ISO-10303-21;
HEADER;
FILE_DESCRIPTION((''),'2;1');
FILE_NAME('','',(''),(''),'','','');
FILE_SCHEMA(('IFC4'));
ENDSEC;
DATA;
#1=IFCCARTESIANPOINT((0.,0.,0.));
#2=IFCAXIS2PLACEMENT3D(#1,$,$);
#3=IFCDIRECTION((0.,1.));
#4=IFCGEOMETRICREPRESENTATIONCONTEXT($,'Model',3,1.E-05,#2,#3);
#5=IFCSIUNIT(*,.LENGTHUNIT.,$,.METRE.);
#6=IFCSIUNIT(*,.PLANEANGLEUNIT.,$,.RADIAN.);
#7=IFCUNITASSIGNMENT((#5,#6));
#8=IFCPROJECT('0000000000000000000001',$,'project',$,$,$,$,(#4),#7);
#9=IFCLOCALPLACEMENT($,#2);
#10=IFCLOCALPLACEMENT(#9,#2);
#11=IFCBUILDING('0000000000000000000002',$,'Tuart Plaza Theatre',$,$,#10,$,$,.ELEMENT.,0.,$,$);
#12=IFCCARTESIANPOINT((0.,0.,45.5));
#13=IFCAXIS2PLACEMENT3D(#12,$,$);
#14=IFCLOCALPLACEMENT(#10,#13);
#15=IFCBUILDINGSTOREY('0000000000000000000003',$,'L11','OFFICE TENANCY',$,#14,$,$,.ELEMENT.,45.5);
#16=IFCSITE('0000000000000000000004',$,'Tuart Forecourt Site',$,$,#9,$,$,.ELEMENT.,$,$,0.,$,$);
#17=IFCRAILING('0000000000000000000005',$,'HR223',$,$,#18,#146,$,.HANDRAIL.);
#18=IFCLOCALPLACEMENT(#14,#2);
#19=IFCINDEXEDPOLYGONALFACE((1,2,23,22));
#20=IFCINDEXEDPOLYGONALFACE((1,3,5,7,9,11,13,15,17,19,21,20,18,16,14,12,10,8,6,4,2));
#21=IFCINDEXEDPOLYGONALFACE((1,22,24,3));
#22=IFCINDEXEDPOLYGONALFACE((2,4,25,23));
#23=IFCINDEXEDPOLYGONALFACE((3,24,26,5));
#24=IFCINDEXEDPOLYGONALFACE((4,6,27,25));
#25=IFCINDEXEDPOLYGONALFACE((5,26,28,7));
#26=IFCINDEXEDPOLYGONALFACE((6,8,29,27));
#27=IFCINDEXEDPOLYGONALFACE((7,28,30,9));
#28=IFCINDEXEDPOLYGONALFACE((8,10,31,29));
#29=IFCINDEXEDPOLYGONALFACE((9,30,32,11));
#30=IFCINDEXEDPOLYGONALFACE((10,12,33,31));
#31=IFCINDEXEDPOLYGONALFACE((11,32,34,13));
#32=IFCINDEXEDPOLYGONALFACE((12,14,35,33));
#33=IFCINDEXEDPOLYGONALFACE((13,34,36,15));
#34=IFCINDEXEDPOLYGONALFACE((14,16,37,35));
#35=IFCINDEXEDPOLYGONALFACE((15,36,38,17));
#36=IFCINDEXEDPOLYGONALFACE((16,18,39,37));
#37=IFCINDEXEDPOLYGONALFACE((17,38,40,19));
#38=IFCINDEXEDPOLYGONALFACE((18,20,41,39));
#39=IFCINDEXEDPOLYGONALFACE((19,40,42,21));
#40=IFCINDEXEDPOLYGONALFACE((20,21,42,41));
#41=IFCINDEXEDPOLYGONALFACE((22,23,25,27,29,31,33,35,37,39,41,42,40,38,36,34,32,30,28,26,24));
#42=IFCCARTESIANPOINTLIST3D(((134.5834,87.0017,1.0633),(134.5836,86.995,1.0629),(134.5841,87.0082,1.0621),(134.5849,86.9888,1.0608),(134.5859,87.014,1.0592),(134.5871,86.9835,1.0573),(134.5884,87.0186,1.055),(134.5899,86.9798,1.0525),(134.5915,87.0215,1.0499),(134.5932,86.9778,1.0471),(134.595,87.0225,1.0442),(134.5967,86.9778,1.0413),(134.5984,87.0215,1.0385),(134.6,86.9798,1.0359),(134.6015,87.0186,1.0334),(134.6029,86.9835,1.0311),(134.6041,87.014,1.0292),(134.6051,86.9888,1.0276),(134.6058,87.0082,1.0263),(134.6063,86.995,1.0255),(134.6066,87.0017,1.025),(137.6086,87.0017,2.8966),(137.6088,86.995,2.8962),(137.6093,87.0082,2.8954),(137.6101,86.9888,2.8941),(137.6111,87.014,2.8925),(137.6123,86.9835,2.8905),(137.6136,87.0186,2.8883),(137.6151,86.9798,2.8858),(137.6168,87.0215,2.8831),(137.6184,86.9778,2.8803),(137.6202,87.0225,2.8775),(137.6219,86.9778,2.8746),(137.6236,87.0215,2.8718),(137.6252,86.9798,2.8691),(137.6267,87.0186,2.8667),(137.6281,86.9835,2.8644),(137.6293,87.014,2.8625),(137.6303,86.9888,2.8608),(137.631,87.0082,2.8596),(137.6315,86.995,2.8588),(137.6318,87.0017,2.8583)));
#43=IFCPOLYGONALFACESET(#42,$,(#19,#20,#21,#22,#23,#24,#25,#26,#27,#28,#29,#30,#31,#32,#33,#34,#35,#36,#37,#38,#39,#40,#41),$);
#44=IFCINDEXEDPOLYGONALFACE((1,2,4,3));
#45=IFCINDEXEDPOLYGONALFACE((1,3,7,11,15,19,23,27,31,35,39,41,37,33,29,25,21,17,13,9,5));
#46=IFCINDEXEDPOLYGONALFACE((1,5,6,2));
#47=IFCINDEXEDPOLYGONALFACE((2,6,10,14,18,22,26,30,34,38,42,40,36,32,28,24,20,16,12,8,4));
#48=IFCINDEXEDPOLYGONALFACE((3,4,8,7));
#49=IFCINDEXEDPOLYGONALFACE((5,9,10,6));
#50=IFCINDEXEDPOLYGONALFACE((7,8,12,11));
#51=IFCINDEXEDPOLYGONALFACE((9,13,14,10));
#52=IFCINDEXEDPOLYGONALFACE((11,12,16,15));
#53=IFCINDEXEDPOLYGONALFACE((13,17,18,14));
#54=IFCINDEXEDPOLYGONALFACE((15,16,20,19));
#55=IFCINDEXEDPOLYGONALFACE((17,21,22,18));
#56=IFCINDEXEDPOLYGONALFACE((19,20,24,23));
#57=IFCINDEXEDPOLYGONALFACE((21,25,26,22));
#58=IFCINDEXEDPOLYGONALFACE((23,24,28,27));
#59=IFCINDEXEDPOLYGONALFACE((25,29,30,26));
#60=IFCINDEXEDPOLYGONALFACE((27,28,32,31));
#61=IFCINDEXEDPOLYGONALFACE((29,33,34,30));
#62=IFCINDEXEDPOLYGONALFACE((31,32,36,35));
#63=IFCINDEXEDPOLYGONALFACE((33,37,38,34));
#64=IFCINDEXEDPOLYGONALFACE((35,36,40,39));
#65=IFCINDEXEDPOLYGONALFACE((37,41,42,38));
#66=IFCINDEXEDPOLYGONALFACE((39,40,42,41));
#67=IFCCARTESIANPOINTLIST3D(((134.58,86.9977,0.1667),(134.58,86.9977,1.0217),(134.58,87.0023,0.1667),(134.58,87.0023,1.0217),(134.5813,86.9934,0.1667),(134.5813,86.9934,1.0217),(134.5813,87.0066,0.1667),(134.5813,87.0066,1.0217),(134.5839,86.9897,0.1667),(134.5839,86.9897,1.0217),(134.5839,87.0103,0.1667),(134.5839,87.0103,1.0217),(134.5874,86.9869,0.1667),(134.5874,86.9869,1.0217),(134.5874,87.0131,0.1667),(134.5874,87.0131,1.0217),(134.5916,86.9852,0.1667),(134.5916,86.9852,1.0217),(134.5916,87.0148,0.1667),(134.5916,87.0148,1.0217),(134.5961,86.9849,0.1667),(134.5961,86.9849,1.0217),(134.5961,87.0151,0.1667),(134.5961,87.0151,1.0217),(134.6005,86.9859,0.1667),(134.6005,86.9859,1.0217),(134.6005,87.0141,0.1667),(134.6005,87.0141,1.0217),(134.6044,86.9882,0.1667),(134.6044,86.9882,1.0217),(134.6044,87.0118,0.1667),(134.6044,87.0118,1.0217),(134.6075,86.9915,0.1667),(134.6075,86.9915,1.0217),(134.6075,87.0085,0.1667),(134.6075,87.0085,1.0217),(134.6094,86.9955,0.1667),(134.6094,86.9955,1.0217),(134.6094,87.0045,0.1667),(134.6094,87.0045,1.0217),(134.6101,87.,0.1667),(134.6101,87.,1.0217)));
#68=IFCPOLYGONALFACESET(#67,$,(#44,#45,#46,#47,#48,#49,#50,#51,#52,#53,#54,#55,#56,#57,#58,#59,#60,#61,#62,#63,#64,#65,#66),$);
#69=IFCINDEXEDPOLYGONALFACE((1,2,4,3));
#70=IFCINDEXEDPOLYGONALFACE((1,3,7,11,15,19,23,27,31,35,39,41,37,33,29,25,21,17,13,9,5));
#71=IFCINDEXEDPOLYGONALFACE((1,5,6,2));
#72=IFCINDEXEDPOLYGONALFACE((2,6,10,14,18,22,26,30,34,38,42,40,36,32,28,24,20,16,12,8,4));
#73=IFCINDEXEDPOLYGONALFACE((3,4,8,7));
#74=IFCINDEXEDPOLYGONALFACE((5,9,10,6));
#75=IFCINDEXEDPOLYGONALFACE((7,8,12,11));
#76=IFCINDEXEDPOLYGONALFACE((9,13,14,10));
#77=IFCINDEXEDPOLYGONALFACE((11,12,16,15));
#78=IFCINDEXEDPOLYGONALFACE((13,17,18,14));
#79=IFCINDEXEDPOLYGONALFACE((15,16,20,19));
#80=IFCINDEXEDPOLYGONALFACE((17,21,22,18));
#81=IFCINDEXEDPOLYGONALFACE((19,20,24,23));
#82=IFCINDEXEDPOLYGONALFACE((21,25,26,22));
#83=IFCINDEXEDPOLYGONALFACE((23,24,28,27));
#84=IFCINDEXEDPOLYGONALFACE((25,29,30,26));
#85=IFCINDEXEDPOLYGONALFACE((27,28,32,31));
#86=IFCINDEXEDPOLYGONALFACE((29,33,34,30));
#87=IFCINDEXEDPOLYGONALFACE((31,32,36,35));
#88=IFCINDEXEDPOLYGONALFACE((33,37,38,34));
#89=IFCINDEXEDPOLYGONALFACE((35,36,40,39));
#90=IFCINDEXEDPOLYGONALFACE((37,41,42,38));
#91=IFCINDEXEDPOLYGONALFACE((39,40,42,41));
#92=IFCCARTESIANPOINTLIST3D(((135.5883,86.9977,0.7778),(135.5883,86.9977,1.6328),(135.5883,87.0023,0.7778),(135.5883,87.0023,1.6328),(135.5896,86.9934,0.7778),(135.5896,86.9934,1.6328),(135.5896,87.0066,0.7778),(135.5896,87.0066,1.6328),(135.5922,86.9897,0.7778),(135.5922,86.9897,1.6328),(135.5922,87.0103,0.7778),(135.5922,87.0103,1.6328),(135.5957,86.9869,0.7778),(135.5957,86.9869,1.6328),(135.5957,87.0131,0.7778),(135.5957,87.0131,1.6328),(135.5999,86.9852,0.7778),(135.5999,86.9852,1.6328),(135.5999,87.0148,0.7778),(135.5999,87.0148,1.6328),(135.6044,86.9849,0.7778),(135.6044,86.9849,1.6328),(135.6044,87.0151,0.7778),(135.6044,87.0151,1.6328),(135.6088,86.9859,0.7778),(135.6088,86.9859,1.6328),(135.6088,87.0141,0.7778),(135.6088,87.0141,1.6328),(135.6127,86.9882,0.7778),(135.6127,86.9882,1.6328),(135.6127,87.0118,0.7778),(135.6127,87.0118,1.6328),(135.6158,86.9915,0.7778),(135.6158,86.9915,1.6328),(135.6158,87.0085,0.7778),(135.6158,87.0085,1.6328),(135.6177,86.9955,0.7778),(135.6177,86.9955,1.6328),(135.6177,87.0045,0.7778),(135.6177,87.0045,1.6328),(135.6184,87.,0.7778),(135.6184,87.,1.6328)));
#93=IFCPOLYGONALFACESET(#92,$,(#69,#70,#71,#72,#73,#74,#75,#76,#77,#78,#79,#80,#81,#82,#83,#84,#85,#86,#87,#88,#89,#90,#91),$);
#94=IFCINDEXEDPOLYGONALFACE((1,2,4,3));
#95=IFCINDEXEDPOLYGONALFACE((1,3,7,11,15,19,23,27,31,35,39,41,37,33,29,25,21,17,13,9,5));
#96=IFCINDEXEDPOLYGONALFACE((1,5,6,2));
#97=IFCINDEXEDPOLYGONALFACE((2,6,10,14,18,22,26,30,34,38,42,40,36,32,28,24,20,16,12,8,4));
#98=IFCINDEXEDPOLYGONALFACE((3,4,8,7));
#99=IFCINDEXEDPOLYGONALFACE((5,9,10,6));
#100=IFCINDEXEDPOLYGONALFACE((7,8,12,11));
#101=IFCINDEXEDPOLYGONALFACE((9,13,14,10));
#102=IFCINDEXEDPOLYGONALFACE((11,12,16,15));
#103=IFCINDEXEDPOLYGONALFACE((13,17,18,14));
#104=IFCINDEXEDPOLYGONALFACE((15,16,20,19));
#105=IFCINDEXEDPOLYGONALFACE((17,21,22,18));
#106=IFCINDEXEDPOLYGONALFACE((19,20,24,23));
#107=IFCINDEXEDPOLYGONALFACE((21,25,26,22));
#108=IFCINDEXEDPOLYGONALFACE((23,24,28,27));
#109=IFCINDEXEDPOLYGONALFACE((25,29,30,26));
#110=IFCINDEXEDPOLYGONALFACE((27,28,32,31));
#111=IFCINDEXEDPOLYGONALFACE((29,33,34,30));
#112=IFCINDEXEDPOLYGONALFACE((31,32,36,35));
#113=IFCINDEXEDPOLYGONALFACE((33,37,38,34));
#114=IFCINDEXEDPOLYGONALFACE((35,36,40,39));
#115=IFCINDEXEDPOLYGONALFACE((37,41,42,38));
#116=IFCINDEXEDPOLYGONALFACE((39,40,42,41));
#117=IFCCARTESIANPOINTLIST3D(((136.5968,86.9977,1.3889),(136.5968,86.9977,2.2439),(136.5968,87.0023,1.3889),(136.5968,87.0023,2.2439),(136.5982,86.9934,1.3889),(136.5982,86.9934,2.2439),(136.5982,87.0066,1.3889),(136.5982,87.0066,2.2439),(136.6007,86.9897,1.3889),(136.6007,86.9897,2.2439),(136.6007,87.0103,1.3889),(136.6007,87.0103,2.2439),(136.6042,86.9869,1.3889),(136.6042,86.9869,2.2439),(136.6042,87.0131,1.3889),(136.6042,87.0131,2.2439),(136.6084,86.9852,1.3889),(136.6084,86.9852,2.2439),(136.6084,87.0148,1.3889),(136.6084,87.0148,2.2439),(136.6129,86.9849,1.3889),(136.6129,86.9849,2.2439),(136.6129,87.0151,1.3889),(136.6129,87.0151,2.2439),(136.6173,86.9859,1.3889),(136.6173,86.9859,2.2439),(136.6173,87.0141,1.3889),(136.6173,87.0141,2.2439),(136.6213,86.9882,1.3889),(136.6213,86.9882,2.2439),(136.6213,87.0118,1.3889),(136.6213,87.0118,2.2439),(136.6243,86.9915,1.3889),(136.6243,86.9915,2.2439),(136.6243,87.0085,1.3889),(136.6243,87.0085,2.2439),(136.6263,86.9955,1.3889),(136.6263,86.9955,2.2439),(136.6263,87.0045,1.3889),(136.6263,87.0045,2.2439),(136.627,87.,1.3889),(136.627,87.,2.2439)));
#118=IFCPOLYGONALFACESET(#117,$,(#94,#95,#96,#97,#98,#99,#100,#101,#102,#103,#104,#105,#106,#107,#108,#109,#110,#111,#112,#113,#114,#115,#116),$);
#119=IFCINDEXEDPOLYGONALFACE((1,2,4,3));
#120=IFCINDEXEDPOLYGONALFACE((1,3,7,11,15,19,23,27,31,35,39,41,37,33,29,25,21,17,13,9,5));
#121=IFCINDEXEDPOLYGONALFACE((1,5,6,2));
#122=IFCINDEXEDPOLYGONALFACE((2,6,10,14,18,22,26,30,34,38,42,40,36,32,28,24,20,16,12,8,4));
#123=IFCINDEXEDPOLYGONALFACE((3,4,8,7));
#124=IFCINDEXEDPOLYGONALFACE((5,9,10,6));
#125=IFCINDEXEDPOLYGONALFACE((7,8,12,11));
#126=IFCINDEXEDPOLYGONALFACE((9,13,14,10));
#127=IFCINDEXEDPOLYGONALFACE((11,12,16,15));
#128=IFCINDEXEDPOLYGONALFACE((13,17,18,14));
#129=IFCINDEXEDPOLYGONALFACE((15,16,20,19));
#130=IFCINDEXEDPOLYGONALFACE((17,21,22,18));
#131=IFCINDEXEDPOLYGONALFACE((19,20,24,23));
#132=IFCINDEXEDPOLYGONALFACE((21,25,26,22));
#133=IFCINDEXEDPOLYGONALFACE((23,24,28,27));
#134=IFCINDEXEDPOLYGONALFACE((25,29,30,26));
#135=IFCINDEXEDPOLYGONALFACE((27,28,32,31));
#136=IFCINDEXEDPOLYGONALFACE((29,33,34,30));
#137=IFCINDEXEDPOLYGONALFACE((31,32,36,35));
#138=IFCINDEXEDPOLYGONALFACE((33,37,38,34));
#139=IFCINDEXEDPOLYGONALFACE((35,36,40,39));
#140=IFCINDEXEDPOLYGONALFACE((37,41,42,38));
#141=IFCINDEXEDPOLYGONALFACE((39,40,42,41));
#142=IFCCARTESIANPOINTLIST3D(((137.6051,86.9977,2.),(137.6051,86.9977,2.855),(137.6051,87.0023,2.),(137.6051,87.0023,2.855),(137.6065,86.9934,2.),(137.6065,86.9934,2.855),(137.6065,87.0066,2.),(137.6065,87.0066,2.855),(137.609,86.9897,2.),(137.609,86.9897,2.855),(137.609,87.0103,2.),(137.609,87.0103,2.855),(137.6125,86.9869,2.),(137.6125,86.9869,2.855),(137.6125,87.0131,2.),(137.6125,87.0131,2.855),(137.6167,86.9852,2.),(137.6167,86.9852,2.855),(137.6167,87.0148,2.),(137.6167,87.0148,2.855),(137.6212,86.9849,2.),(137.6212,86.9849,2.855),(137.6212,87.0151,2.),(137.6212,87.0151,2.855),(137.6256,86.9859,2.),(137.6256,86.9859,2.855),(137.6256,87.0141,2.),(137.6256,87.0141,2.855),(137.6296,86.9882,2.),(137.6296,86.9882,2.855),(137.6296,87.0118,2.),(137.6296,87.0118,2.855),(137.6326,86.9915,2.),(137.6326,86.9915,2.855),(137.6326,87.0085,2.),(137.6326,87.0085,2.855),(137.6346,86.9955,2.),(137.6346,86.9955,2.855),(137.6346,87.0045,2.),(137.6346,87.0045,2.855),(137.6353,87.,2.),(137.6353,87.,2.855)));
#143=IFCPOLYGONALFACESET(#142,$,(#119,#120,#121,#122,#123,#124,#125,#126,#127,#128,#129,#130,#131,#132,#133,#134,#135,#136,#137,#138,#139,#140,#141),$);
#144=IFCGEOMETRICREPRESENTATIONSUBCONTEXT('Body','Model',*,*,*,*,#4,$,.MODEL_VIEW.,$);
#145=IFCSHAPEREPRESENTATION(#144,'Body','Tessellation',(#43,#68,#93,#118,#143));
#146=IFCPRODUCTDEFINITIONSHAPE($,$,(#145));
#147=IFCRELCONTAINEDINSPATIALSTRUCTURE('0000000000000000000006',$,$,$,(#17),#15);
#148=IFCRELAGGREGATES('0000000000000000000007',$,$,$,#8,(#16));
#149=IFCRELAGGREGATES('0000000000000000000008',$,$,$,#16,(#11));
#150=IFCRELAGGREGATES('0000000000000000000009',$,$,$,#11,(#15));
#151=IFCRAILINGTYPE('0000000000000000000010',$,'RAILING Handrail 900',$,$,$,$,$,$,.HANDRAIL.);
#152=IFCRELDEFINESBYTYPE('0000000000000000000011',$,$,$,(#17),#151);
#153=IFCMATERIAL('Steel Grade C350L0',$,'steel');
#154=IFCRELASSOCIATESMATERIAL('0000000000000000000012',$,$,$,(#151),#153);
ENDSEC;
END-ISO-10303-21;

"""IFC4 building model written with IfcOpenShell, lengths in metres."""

from ifc_helpers import new_model, si_unit, direction, frame, origin, origin_2d, place, context, subcontext, project, spatial, circle, extrude, material, type_object, element, save


model = new_model("IFC4")

# Units and contexts
model_context = context("Model", 3, precision=1e-05, world=origin(), true_north=direction((0.0, 1.0)))
body_context = subcontext(model_context, "Body", "Model", "MODEL_VIEW")
ifc_project = project(units=[si_unit("LENGTHUNIT", "METRE"), si_unit("PLANEANGLEUNIT", "RADIAN")], contexts=[model_context])

# Site, building, storey
site_placement = place(None, origin())
site = spatial("IfcSite", under=ifc_project, at=site_placement, Name="Tuart Forecourt Site", CompositionType="ELEMENT", RefElevation=0.0)
building_placement = place(site_placement, origin())
building = spatial("IfcBuilding", under=site, at=building_placement, Name="Tuart Plaza Theatre", CompositionType="ELEMENT", ElevationOfRefHeight=0.0)
storey_placement = place(building_placement, frame((0.0, 0.0, 45.5)))
storey = spatial("IfcBuildingStorey", under=building, at=storey_placement, Name="L11", Description="OFFICE TENANCY", CompositionType="ELEMENT", Elevation=45.5)

# Railing
ifc_material_1 = material(Name="Steel Grade C350L0", Category="steel")
railing_type_1 = type_object("IfcRailingType", Name="RAILING Handrail 900", PredefinedType="HANDRAIL", material=ifc_material_1)
for number, where, name in (
    (1, (134.595, 87.0, 0.1667), "HR223"),
):
    element("IfcRailing", number, at=place(storey_placement, frame(where)), inside=storey, type_object=railing_type_1, Name=name, PredefinedType="HANDRAIL", context=body_context, shape_type="SweptSolid", body=[
        extrude(circle(Radius=0.0225, at=origin_2d()), frame((0.0, 0.0, 0.8774), z_axis=(0.855219, 0.0, 0.518267), x_axis=(0.0, 1.0, 0.0)), (0.0, 0.0, 1.0), 3.5374),
        extrude(circle(Radius=0.0151, at=origin_2d()), origin(), (0.0, 0.0, 1.0), 0.855),
        extrude(circle(Radius=0.0151, at=origin_2d()), frame((1.0083, 0.0, 0.6111)), (0.0, 0.0, 1.0), 0.855),
        extrude(circle(Radius=0.0151, at=origin_2d()), frame((2.0168, 0.0, 1.2222)), (0.0, 0.0, 1.0), 0.855),
        extrude(circle(Radius=0.0151, at=origin_2d()), frame((3.0251, 0.0, 1.8333)), (0.0, 0.0, 1.0), 0.855),
    ])

save(model, "model.ifc")
